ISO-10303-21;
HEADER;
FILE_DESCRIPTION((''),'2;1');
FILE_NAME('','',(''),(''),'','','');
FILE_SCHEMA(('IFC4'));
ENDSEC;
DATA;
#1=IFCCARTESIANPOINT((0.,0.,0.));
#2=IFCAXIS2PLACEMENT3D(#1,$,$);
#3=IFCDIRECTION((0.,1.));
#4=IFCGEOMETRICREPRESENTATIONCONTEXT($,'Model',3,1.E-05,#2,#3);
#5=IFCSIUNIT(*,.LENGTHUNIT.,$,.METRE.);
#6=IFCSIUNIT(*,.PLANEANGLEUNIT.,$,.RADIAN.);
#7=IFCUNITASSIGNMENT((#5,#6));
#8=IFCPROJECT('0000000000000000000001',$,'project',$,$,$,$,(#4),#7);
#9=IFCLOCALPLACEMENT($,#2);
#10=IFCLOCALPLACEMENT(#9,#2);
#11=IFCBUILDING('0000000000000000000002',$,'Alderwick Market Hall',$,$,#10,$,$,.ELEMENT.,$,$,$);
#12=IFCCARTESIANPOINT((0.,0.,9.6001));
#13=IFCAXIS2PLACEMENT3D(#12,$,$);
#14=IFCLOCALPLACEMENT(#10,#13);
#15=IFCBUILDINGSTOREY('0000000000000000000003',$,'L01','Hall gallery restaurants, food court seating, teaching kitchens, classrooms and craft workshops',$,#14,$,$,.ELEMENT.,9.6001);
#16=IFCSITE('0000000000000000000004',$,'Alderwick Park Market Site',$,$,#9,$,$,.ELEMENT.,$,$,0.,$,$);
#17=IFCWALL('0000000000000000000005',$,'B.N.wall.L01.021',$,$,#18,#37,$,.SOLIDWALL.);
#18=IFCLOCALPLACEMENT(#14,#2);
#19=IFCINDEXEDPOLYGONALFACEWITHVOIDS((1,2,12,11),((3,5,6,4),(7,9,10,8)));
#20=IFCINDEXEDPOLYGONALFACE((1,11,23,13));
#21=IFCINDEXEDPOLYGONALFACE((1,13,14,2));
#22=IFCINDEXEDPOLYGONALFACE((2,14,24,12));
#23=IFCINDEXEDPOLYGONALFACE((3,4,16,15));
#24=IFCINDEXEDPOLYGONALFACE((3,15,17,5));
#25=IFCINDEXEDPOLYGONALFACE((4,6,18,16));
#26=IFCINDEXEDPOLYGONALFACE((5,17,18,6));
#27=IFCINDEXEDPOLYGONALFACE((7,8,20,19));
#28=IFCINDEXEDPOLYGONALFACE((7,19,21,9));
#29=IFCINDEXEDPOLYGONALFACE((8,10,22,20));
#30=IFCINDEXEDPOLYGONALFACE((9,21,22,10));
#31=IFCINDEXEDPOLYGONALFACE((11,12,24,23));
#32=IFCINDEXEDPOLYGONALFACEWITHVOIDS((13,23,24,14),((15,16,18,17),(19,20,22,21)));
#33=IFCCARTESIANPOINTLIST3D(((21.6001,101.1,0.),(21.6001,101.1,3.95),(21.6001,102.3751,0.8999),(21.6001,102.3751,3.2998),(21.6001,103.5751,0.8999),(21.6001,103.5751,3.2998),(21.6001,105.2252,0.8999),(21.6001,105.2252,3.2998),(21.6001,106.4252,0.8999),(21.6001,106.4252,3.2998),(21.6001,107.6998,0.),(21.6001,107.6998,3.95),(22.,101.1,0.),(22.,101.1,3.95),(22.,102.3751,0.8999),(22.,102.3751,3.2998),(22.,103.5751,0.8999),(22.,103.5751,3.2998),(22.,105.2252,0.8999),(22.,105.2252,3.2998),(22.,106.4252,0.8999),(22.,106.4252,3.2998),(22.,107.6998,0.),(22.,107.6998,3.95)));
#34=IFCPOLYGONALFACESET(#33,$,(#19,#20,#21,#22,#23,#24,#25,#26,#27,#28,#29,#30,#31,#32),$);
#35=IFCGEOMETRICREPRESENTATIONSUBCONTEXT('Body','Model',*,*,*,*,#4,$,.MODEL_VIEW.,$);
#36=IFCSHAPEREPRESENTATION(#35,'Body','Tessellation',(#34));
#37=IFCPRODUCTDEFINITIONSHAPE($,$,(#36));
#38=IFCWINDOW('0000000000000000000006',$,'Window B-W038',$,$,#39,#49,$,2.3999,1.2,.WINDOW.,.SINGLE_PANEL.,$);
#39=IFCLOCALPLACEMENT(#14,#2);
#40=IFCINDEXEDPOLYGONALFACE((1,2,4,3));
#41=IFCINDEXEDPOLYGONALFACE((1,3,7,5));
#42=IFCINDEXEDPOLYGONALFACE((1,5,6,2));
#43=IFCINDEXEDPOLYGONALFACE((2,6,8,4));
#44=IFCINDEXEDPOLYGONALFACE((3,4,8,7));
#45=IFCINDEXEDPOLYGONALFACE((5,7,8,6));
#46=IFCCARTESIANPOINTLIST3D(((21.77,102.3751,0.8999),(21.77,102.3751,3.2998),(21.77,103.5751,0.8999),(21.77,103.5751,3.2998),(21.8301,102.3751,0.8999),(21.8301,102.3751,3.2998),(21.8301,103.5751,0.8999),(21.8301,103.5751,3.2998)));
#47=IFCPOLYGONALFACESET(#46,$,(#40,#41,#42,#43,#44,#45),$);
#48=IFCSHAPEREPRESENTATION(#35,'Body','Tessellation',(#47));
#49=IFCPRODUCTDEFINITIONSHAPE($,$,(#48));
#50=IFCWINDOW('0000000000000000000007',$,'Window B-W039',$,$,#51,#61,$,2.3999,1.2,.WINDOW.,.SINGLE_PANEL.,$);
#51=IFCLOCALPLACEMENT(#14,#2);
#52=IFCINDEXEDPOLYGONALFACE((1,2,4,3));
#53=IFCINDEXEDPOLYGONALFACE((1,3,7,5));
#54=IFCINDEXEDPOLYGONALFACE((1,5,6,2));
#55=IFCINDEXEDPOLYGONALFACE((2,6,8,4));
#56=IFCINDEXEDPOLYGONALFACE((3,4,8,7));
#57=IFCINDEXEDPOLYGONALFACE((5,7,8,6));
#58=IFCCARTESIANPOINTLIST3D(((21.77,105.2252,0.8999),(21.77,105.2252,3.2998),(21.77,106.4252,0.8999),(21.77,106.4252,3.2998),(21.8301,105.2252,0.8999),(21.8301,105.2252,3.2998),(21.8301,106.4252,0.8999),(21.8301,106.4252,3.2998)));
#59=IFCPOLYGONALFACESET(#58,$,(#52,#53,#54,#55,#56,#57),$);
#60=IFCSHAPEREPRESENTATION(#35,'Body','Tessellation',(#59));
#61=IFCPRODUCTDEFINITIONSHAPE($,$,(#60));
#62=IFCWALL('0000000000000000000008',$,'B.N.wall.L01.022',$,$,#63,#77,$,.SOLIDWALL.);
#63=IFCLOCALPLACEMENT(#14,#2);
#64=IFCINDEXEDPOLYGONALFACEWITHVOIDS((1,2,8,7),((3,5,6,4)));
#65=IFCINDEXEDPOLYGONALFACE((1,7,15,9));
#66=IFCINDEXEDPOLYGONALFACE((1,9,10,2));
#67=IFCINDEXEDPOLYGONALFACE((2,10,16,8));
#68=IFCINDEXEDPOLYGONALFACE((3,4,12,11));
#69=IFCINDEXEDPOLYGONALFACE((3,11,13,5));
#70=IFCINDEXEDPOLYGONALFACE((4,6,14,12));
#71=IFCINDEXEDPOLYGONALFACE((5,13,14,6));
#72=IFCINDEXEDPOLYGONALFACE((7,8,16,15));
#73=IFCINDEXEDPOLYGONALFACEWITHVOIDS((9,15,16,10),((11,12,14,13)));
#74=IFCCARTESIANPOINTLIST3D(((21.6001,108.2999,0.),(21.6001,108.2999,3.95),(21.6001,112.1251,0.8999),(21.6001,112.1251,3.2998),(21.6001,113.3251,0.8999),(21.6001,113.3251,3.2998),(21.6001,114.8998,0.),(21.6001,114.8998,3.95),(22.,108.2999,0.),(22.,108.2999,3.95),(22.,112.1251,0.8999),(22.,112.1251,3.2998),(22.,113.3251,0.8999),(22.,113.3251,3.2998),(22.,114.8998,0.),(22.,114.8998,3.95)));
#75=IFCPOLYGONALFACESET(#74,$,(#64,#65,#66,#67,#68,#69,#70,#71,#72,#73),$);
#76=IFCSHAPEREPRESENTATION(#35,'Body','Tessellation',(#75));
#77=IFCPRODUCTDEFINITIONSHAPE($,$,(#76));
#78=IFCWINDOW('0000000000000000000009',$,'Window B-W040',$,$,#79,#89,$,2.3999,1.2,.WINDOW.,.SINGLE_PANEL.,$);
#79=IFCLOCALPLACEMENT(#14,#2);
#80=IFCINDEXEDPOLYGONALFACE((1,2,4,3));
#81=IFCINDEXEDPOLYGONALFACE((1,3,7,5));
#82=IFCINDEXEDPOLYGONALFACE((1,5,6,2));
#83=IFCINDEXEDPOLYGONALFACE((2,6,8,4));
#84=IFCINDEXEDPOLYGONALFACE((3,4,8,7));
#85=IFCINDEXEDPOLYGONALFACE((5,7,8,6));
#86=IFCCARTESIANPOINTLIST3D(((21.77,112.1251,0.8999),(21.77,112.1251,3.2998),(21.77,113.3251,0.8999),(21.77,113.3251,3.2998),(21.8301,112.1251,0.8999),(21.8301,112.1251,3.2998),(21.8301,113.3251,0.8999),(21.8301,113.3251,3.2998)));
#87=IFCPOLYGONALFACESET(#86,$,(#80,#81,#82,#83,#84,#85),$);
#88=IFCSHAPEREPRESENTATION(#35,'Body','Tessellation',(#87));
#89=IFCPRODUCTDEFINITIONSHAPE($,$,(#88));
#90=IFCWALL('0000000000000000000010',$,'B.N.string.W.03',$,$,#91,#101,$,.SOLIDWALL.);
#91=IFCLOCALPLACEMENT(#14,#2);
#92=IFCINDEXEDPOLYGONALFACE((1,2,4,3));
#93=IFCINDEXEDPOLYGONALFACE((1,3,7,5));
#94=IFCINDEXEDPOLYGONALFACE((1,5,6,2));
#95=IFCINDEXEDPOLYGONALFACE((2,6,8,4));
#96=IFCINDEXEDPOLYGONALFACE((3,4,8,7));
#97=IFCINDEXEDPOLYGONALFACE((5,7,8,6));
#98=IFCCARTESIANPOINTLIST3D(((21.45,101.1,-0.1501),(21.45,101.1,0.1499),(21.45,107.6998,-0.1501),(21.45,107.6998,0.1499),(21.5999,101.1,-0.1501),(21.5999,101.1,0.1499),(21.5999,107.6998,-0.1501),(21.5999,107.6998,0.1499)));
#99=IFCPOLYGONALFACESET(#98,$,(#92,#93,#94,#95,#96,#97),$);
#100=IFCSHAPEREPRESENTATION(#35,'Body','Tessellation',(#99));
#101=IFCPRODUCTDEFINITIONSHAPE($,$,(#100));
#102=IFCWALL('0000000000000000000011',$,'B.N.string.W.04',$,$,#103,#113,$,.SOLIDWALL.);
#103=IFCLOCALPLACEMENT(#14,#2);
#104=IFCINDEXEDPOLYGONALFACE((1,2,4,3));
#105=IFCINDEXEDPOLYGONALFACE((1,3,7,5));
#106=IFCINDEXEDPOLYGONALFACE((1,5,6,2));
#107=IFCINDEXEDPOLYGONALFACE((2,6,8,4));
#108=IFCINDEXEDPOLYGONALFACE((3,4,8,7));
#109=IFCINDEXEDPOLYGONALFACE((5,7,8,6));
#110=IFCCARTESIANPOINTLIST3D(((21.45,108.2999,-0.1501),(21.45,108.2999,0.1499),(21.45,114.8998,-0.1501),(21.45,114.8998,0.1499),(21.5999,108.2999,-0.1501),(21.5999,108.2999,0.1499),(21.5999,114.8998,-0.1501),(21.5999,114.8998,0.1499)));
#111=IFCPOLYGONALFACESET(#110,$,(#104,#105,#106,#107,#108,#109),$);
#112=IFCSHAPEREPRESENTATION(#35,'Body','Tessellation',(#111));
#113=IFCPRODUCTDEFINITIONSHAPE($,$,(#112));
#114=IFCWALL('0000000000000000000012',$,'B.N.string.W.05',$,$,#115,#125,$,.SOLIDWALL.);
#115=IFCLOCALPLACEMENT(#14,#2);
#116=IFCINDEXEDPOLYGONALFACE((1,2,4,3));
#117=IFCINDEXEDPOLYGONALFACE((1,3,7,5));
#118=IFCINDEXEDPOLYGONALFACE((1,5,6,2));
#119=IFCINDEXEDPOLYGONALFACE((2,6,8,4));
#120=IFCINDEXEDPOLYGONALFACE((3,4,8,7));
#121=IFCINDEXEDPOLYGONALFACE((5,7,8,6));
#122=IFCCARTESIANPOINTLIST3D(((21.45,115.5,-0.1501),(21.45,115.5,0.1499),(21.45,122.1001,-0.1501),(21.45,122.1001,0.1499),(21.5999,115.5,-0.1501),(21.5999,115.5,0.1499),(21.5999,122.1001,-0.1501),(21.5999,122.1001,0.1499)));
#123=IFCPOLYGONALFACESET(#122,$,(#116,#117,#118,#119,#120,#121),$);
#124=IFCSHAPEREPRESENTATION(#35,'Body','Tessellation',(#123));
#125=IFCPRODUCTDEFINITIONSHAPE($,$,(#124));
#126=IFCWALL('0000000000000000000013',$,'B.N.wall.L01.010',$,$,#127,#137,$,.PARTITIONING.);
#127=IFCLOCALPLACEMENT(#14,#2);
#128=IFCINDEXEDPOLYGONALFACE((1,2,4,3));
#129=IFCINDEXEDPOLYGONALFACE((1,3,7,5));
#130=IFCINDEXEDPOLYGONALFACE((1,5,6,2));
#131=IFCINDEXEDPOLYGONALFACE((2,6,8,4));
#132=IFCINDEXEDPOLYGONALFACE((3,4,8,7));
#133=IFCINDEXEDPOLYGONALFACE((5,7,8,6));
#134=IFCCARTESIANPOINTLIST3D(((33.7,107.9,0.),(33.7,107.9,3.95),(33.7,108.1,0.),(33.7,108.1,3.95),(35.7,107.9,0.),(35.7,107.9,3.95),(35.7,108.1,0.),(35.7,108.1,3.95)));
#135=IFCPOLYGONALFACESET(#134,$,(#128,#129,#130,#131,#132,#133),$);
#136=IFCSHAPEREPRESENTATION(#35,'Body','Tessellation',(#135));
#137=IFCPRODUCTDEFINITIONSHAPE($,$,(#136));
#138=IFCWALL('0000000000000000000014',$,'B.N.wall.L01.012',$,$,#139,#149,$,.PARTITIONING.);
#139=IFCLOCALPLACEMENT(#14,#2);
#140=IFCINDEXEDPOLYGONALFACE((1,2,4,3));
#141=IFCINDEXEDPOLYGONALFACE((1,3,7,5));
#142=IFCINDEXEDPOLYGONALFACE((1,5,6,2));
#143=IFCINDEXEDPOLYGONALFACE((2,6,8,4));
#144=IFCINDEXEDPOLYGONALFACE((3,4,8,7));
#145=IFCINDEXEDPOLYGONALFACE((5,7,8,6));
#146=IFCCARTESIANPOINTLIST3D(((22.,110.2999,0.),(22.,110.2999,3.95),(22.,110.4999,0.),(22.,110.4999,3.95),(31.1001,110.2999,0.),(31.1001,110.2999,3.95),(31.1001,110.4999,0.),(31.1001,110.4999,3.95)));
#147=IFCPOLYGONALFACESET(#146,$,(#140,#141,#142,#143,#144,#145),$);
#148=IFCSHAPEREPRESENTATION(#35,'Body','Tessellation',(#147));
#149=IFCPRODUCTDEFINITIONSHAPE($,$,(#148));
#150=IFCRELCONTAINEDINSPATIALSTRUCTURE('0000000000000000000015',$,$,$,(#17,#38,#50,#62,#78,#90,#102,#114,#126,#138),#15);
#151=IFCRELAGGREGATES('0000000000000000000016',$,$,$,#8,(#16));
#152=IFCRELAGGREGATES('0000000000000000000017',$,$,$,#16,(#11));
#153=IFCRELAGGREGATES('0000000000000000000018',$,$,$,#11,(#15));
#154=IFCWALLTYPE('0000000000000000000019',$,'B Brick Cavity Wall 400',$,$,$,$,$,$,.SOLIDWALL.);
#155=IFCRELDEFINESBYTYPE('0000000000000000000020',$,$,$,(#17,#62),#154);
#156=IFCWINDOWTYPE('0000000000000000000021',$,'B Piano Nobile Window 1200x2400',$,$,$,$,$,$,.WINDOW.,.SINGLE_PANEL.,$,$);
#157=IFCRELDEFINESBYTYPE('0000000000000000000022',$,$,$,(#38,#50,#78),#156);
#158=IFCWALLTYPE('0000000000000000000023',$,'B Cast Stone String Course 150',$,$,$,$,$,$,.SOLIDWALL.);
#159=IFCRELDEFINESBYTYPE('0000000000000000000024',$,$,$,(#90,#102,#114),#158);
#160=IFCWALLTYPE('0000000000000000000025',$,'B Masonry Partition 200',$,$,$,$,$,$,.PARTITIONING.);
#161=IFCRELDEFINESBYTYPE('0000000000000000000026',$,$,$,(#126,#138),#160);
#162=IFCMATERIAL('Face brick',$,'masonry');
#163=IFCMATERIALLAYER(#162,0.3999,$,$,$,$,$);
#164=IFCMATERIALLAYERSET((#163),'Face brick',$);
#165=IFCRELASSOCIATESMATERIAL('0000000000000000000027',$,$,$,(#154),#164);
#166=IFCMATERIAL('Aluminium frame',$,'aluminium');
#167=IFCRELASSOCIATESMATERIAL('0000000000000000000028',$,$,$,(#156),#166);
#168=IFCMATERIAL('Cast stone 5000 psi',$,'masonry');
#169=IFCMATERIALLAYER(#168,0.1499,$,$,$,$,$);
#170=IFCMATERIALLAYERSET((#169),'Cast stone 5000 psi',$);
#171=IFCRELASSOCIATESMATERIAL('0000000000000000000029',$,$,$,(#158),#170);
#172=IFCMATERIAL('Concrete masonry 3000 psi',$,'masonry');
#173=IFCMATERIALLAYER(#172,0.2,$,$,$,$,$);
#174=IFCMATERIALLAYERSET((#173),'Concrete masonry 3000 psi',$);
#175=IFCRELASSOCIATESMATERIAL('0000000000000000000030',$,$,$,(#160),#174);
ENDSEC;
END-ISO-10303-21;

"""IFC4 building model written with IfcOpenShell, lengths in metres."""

from ifc_helpers import new_model, si_unit, direction, frame, frame_2d, origin, place, context, subcontext, project, spatial, rectangle, extrude, material, layer, layer_set, type_object, element, fill, save


model = new_model("IFC4")

# Units and contexts
model_context = context("Model", 3, precision=1e-05, world=origin(), true_north=direction((0.0, 1.0)))
body_context = subcontext(model_context, "Body", "Model", "MODEL_VIEW")
ifc_project = project(units=[si_unit("LENGTHUNIT", "METRE"), si_unit("PLANEANGLEUNIT", "RADIAN")], contexts=[model_context])

# Site, building, storey
site_placement = place(None, origin())
site = spatial("IfcSite", under=ifc_project, at=site_placement, Name="Alderwick Park Market Site", CompositionType="ELEMENT", RefElevation=0.0)
building_placement = place(site_placement, origin())
building = spatial("IfcBuilding", under=site, at=building_placement, Name="Alderwick Market Hall", CompositionType="ELEMENT")
storey_placement = place(building_placement, frame((0.0, 0.0, 9.6001)))
storey = spatial("IfcBuildingStorey", under=building, at=storey_placement, Name="L01", Description="Hall gallery restaurants, food court seating, teaching kitchens, classrooms and craft workshops", CompositionType="ELEMENT", Elevation=9.6001)

# Wall, openings, windows
ifc_material_1 = material(Name="Face brick", Category="masonry")
ifc_layer_1 = layer(ifc_material_1, 0.3999)
ifc_layer_set_1 = layer_set([ifc_layer_1], Name="Face brick")
wall_type_1 = type_object("IfcWallType", Name="B Brick Cavity Wall 400", PredefinedType="SOLIDWALL", material=ifc_layer_set_1)
wall_1_placement = place(storey_placement, frame((21.8, 101.1001, 0.0), z_axis=(0.0, 0.0, 1.0), x_axis=(0.0, 1.0, 0.0)))
wall_1 = element("IfcWall", 1, at=wall_1_placement, inside=storey, type_object=wall_type_1, Name="B.N.wall.L01.021", PredefinedType="SOLIDWALL", context=body_context, shape_type="SweptSolid", body=[
    extrude(rectangle(XDim=6.5999, YDim=0.3999, at=frame_2d((3.2998, 0.0))), origin(), (0.0, 0.0, 1.0), 3.95),
])
opening_1_placement = place(wall_1_placement, frame((1.2749, 0.0, 0.8999)))
opening_1 = element("IfcOpeningElement", 2, at=opening_1_placement, cuts=wall_1, PredefinedType="OPENING", context=body_context, shape_type="SweptSolid", body=[
    extrude(rectangle(XDim=1.2, YDim=2.3999, at=frame_2d((0.6001, 1.2))), frame((0.0, 0.21, 0.0), z_axis=(0.0, -1.0, 0.0), x_axis=(1.0, 0.0, 0.0)), (0.0, 0.0, 1.0), 0.4199),
])
opening_2_placement = place(wall_1_placement, frame((4.125, 0.0, 0.8999)))
opening_2 = element("IfcOpeningElement", 3, at=opening_2_placement, cuts=wall_1, PredefinedType="OPENING", context=body_context, shape_type="SweptSolid", body=[
    extrude(rectangle(XDim=1.2, YDim=2.3999, at=frame_2d((0.6001, 1.2))), frame((0.0, 0.21, 0.0), z_axis=(0.0, -1.0, 0.0), x_axis=(1.0, 0.0, 0.0)), (0.0, 0.0, 1.0), 0.4199),
])
ifc_material_2 = material(Name="Aluminium frame", Category="aluminium")
window_type = type_object("IfcWindowType", Name="B Piano Nobile Window 1200x2400", PartitioningType="SINGLE_PANEL", PredefinedType="WINDOW", material=ifc_material_2)
window_1_placement = place(opening_1_placement, origin())
window_1 = element("IfcWindow", 4, at=window_1_placement, inside=storey, type_object=window_type, Name="Window B-W038", OverallHeight=2.3999, OverallWidth=1.2, PartitioningType="SINGLE_PANEL", PredefinedType="WINDOW", context=body_context, shape_type="SweptSolid", body=[
    extrude(rectangle(XDim=1.2, YDim=2.3999, at=frame_2d((0.6001, 1.2))), frame((0.0, 0.03, 0.0), z_axis=(0.0, -1.0, 0.0), x_axis=(1.0, 0.0, 0.0)), (0.0, 0.0, 1.0), 0.0601),
])
fill(opening_1, window_1)
window_2_placement = place(opening_2_placement, origin())
window_2 = element("IfcWindow", 5, at=window_2_placement, inside=storey, type_object=window_type, Name="Window B-W039", OverallHeight=2.3999, OverallWidth=1.2, PartitioningType="SINGLE_PANEL", PredefinedType="WINDOW", context=body_context, shape_type="SweptSolid", body=[
    extrude(rectangle(XDim=1.2, YDim=2.3999, at=frame_2d((0.6001, 1.2))), frame((0.0, 0.03, 0.0), z_axis=(0.0, -1.0, 0.0), x_axis=(1.0, 0.0, 0.0)), (0.0, 0.0, 1.0), 0.0601),
])
fill(opening_2, window_2)

# Wall, opening, window
wall_2_placement = place(storey_placement, frame((21.8, 108.3, 0.0), z_axis=(0.0, 0.0, 1.0), x_axis=(0.0, 1.0, 0.0)))
wall_2 = element("IfcWall", 6, at=wall_2_placement, inside=storey, type_object=wall_type_1, Name="B.N.wall.L01.022", PredefinedType="SOLIDWALL", context=body_context, shape_type="SweptSolid", body=[
    extrude(rectangle(XDim=6.5999, YDim=0.3999, at=frame_2d((3.2998, 0.0))), origin(), (0.0, 0.0, 1.0), 3.95),
])
opening_3_placement = place(wall_2_placement, frame((3.825, 0.0, 0.8999)))
opening_3 = element("IfcOpeningElement", 7, at=opening_3_placement, cuts=wall_2, PredefinedType="OPENING", context=body_context, shape_type="SweptSolid", body=[
    extrude(rectangle(XDim=1.2, YDim=2.3999, at=frame_2d((0.6001, 1.2))), frame((0.0, 0.21, 0.0), z_axis=(0.0, -1.0, 0.0), x_axis=(1.0, 0.0, 0.0)), (0.0, 0.0, 1.0), 0.4199),
])
window_3_placement = place(opening_3_placement, origin())
window_3 = element("IfcWindow", 8, at=window_3_placement, inside=storey, type_object=window_type, Name="Window B-W040", OverallHeight=2.3999, OverallWidth=1.2, PartitioningType="SINGLE_PANEL", PredefinedType="WINDOW", context=body_context, shape_type="SweptSolid", body=[
    extrude(rectangle(XDim=1.2, YDim=2.3999, at=frame_2d((0.6001, 1.2))), frame((0.0, 0.03, 0.0), z_axis=(0.0, -1.0, 0.0), x_axis=(1.0, 0.0, 0.0)), (0.0, 0.0, 1.0), 0.0601),
])
fill(opening_3, window_3)

# Walls
ifc_material_3 = material(Name="Cast stone 5000 psi", Category="masonry")
ifc_layer_2 = layer(ifc_material_3, 0.1499)
ifc_layer_set_2 = layer_set([ifc_layer_2], Name="Cast stone 5000 psi")
wall_type_2 = type_object("IfcWallType", Name="B Cast Stone String Course 150", PredefinedType="SOLIDWALL", material=ifc_layer_set_2)
for number, where, z_axis, x_axis, name in (
    (9, (21.5249, 101.1001, -0.1501), (0.0, 0.0, 1.0), (0.0, 1.0, 0.0), "B.N.string.W.03"),
    (10, (21.5249, 108.3, -0.1501), (0.0, 0.0, 1.0), (0.0, 1.0, 0.0), "B.N.string.W.04"),
):
    element("IfcWall", number, at=place(storey_placement, frame(where, z_axis=z_axis, x_axis=x_axis)), inside=storey, type_object=wall_type_2, Name=name, PredefinedType="SOLIDWALL", context=body_context, shape_type="SweptSolid", body=[
        extrude(rectangle(XDim=6.5999, YDim=0.1499, at=frame_2d((3.2998, 0.0))), origin(), (0.0, 0.0, 1.0), 0.3),
    ])
wall_3_placement = place(storey_placement, frame((21.5249, 115.5, -0.1501), z_axis=(0.0, 0.0, 1.0), x_axis=(0.0, 1.0, 0.0)))
element("IfcWall", 11, at=wall_3_placement, inside=storey, type_object=wall_type_2, Name="B.N.string.W.05", PredefinedType="SOLIDWALL", context=body_context, shape_type="SweptSolid", body=[
    extrude(rectangle(XDim=6.6001, YDim=0.1499, at=frame_2d((3.3, 0.0))), origin(), (0.0, 0.0, 1.0), 0.3),
])
ifc_material_4 = material(Name="Concrete masonry 3000 psi", Category="masonry")
ifc_layer_3 = layer(ifc_material_4, 0.2)
ifc_layer_set_3 = layer_set([ifc_layer_3], Name="Concrete masonry 3000 psi")
wall_type_3 = type_object("IfcWallType", Name="B Masonry Partition 200", PredefinedType="PARTITIONING", material=ifc_layer_set_3)
wall_4_placement = place(storey_placement, frame((33.7, 108.0, 0.0), z_axis=(0.0, 0.0, 1.0), x_axis=(1.0, 0.0, 0.0)))
element("IfcWall", 12, at=wall_4_placement, inside=storey, type_object=wall_type_3, Name="B.N.wall.L01.010", PredefinedType="PARTITIONING", context=body_context, shape_type="SweptSolid", body=[
    extrude(rectangle(XDim=2.0, YDim=0.2, at=frame_2d((1.0, 0.0))), origin(), (0.0, 0.0, 1.0), 3.95),
])
wall_5_placement = place(storey_placement, frame((22.0, 110.3999, 0.0), z_axis=(0.0, 0.0, 1.0), x_axis=(1.0, 0.0, 0.0)))
element("IfcWall", 13, at=wall_5_placement, inside=storey, type_object=wall_type_3, Name="B.N.wall.L01.012", PredefinedType="PARTITIONING", context=body_context, shape_type="SweptSolid", body=[
    extrude(rectangle(XDim=9.1001, YDim=0.2, at=frame_2d((4.55, 0.0))), origin(), (0.0, 0.0, 1.0), 3.95),
])

save(model, "model.ifc")
